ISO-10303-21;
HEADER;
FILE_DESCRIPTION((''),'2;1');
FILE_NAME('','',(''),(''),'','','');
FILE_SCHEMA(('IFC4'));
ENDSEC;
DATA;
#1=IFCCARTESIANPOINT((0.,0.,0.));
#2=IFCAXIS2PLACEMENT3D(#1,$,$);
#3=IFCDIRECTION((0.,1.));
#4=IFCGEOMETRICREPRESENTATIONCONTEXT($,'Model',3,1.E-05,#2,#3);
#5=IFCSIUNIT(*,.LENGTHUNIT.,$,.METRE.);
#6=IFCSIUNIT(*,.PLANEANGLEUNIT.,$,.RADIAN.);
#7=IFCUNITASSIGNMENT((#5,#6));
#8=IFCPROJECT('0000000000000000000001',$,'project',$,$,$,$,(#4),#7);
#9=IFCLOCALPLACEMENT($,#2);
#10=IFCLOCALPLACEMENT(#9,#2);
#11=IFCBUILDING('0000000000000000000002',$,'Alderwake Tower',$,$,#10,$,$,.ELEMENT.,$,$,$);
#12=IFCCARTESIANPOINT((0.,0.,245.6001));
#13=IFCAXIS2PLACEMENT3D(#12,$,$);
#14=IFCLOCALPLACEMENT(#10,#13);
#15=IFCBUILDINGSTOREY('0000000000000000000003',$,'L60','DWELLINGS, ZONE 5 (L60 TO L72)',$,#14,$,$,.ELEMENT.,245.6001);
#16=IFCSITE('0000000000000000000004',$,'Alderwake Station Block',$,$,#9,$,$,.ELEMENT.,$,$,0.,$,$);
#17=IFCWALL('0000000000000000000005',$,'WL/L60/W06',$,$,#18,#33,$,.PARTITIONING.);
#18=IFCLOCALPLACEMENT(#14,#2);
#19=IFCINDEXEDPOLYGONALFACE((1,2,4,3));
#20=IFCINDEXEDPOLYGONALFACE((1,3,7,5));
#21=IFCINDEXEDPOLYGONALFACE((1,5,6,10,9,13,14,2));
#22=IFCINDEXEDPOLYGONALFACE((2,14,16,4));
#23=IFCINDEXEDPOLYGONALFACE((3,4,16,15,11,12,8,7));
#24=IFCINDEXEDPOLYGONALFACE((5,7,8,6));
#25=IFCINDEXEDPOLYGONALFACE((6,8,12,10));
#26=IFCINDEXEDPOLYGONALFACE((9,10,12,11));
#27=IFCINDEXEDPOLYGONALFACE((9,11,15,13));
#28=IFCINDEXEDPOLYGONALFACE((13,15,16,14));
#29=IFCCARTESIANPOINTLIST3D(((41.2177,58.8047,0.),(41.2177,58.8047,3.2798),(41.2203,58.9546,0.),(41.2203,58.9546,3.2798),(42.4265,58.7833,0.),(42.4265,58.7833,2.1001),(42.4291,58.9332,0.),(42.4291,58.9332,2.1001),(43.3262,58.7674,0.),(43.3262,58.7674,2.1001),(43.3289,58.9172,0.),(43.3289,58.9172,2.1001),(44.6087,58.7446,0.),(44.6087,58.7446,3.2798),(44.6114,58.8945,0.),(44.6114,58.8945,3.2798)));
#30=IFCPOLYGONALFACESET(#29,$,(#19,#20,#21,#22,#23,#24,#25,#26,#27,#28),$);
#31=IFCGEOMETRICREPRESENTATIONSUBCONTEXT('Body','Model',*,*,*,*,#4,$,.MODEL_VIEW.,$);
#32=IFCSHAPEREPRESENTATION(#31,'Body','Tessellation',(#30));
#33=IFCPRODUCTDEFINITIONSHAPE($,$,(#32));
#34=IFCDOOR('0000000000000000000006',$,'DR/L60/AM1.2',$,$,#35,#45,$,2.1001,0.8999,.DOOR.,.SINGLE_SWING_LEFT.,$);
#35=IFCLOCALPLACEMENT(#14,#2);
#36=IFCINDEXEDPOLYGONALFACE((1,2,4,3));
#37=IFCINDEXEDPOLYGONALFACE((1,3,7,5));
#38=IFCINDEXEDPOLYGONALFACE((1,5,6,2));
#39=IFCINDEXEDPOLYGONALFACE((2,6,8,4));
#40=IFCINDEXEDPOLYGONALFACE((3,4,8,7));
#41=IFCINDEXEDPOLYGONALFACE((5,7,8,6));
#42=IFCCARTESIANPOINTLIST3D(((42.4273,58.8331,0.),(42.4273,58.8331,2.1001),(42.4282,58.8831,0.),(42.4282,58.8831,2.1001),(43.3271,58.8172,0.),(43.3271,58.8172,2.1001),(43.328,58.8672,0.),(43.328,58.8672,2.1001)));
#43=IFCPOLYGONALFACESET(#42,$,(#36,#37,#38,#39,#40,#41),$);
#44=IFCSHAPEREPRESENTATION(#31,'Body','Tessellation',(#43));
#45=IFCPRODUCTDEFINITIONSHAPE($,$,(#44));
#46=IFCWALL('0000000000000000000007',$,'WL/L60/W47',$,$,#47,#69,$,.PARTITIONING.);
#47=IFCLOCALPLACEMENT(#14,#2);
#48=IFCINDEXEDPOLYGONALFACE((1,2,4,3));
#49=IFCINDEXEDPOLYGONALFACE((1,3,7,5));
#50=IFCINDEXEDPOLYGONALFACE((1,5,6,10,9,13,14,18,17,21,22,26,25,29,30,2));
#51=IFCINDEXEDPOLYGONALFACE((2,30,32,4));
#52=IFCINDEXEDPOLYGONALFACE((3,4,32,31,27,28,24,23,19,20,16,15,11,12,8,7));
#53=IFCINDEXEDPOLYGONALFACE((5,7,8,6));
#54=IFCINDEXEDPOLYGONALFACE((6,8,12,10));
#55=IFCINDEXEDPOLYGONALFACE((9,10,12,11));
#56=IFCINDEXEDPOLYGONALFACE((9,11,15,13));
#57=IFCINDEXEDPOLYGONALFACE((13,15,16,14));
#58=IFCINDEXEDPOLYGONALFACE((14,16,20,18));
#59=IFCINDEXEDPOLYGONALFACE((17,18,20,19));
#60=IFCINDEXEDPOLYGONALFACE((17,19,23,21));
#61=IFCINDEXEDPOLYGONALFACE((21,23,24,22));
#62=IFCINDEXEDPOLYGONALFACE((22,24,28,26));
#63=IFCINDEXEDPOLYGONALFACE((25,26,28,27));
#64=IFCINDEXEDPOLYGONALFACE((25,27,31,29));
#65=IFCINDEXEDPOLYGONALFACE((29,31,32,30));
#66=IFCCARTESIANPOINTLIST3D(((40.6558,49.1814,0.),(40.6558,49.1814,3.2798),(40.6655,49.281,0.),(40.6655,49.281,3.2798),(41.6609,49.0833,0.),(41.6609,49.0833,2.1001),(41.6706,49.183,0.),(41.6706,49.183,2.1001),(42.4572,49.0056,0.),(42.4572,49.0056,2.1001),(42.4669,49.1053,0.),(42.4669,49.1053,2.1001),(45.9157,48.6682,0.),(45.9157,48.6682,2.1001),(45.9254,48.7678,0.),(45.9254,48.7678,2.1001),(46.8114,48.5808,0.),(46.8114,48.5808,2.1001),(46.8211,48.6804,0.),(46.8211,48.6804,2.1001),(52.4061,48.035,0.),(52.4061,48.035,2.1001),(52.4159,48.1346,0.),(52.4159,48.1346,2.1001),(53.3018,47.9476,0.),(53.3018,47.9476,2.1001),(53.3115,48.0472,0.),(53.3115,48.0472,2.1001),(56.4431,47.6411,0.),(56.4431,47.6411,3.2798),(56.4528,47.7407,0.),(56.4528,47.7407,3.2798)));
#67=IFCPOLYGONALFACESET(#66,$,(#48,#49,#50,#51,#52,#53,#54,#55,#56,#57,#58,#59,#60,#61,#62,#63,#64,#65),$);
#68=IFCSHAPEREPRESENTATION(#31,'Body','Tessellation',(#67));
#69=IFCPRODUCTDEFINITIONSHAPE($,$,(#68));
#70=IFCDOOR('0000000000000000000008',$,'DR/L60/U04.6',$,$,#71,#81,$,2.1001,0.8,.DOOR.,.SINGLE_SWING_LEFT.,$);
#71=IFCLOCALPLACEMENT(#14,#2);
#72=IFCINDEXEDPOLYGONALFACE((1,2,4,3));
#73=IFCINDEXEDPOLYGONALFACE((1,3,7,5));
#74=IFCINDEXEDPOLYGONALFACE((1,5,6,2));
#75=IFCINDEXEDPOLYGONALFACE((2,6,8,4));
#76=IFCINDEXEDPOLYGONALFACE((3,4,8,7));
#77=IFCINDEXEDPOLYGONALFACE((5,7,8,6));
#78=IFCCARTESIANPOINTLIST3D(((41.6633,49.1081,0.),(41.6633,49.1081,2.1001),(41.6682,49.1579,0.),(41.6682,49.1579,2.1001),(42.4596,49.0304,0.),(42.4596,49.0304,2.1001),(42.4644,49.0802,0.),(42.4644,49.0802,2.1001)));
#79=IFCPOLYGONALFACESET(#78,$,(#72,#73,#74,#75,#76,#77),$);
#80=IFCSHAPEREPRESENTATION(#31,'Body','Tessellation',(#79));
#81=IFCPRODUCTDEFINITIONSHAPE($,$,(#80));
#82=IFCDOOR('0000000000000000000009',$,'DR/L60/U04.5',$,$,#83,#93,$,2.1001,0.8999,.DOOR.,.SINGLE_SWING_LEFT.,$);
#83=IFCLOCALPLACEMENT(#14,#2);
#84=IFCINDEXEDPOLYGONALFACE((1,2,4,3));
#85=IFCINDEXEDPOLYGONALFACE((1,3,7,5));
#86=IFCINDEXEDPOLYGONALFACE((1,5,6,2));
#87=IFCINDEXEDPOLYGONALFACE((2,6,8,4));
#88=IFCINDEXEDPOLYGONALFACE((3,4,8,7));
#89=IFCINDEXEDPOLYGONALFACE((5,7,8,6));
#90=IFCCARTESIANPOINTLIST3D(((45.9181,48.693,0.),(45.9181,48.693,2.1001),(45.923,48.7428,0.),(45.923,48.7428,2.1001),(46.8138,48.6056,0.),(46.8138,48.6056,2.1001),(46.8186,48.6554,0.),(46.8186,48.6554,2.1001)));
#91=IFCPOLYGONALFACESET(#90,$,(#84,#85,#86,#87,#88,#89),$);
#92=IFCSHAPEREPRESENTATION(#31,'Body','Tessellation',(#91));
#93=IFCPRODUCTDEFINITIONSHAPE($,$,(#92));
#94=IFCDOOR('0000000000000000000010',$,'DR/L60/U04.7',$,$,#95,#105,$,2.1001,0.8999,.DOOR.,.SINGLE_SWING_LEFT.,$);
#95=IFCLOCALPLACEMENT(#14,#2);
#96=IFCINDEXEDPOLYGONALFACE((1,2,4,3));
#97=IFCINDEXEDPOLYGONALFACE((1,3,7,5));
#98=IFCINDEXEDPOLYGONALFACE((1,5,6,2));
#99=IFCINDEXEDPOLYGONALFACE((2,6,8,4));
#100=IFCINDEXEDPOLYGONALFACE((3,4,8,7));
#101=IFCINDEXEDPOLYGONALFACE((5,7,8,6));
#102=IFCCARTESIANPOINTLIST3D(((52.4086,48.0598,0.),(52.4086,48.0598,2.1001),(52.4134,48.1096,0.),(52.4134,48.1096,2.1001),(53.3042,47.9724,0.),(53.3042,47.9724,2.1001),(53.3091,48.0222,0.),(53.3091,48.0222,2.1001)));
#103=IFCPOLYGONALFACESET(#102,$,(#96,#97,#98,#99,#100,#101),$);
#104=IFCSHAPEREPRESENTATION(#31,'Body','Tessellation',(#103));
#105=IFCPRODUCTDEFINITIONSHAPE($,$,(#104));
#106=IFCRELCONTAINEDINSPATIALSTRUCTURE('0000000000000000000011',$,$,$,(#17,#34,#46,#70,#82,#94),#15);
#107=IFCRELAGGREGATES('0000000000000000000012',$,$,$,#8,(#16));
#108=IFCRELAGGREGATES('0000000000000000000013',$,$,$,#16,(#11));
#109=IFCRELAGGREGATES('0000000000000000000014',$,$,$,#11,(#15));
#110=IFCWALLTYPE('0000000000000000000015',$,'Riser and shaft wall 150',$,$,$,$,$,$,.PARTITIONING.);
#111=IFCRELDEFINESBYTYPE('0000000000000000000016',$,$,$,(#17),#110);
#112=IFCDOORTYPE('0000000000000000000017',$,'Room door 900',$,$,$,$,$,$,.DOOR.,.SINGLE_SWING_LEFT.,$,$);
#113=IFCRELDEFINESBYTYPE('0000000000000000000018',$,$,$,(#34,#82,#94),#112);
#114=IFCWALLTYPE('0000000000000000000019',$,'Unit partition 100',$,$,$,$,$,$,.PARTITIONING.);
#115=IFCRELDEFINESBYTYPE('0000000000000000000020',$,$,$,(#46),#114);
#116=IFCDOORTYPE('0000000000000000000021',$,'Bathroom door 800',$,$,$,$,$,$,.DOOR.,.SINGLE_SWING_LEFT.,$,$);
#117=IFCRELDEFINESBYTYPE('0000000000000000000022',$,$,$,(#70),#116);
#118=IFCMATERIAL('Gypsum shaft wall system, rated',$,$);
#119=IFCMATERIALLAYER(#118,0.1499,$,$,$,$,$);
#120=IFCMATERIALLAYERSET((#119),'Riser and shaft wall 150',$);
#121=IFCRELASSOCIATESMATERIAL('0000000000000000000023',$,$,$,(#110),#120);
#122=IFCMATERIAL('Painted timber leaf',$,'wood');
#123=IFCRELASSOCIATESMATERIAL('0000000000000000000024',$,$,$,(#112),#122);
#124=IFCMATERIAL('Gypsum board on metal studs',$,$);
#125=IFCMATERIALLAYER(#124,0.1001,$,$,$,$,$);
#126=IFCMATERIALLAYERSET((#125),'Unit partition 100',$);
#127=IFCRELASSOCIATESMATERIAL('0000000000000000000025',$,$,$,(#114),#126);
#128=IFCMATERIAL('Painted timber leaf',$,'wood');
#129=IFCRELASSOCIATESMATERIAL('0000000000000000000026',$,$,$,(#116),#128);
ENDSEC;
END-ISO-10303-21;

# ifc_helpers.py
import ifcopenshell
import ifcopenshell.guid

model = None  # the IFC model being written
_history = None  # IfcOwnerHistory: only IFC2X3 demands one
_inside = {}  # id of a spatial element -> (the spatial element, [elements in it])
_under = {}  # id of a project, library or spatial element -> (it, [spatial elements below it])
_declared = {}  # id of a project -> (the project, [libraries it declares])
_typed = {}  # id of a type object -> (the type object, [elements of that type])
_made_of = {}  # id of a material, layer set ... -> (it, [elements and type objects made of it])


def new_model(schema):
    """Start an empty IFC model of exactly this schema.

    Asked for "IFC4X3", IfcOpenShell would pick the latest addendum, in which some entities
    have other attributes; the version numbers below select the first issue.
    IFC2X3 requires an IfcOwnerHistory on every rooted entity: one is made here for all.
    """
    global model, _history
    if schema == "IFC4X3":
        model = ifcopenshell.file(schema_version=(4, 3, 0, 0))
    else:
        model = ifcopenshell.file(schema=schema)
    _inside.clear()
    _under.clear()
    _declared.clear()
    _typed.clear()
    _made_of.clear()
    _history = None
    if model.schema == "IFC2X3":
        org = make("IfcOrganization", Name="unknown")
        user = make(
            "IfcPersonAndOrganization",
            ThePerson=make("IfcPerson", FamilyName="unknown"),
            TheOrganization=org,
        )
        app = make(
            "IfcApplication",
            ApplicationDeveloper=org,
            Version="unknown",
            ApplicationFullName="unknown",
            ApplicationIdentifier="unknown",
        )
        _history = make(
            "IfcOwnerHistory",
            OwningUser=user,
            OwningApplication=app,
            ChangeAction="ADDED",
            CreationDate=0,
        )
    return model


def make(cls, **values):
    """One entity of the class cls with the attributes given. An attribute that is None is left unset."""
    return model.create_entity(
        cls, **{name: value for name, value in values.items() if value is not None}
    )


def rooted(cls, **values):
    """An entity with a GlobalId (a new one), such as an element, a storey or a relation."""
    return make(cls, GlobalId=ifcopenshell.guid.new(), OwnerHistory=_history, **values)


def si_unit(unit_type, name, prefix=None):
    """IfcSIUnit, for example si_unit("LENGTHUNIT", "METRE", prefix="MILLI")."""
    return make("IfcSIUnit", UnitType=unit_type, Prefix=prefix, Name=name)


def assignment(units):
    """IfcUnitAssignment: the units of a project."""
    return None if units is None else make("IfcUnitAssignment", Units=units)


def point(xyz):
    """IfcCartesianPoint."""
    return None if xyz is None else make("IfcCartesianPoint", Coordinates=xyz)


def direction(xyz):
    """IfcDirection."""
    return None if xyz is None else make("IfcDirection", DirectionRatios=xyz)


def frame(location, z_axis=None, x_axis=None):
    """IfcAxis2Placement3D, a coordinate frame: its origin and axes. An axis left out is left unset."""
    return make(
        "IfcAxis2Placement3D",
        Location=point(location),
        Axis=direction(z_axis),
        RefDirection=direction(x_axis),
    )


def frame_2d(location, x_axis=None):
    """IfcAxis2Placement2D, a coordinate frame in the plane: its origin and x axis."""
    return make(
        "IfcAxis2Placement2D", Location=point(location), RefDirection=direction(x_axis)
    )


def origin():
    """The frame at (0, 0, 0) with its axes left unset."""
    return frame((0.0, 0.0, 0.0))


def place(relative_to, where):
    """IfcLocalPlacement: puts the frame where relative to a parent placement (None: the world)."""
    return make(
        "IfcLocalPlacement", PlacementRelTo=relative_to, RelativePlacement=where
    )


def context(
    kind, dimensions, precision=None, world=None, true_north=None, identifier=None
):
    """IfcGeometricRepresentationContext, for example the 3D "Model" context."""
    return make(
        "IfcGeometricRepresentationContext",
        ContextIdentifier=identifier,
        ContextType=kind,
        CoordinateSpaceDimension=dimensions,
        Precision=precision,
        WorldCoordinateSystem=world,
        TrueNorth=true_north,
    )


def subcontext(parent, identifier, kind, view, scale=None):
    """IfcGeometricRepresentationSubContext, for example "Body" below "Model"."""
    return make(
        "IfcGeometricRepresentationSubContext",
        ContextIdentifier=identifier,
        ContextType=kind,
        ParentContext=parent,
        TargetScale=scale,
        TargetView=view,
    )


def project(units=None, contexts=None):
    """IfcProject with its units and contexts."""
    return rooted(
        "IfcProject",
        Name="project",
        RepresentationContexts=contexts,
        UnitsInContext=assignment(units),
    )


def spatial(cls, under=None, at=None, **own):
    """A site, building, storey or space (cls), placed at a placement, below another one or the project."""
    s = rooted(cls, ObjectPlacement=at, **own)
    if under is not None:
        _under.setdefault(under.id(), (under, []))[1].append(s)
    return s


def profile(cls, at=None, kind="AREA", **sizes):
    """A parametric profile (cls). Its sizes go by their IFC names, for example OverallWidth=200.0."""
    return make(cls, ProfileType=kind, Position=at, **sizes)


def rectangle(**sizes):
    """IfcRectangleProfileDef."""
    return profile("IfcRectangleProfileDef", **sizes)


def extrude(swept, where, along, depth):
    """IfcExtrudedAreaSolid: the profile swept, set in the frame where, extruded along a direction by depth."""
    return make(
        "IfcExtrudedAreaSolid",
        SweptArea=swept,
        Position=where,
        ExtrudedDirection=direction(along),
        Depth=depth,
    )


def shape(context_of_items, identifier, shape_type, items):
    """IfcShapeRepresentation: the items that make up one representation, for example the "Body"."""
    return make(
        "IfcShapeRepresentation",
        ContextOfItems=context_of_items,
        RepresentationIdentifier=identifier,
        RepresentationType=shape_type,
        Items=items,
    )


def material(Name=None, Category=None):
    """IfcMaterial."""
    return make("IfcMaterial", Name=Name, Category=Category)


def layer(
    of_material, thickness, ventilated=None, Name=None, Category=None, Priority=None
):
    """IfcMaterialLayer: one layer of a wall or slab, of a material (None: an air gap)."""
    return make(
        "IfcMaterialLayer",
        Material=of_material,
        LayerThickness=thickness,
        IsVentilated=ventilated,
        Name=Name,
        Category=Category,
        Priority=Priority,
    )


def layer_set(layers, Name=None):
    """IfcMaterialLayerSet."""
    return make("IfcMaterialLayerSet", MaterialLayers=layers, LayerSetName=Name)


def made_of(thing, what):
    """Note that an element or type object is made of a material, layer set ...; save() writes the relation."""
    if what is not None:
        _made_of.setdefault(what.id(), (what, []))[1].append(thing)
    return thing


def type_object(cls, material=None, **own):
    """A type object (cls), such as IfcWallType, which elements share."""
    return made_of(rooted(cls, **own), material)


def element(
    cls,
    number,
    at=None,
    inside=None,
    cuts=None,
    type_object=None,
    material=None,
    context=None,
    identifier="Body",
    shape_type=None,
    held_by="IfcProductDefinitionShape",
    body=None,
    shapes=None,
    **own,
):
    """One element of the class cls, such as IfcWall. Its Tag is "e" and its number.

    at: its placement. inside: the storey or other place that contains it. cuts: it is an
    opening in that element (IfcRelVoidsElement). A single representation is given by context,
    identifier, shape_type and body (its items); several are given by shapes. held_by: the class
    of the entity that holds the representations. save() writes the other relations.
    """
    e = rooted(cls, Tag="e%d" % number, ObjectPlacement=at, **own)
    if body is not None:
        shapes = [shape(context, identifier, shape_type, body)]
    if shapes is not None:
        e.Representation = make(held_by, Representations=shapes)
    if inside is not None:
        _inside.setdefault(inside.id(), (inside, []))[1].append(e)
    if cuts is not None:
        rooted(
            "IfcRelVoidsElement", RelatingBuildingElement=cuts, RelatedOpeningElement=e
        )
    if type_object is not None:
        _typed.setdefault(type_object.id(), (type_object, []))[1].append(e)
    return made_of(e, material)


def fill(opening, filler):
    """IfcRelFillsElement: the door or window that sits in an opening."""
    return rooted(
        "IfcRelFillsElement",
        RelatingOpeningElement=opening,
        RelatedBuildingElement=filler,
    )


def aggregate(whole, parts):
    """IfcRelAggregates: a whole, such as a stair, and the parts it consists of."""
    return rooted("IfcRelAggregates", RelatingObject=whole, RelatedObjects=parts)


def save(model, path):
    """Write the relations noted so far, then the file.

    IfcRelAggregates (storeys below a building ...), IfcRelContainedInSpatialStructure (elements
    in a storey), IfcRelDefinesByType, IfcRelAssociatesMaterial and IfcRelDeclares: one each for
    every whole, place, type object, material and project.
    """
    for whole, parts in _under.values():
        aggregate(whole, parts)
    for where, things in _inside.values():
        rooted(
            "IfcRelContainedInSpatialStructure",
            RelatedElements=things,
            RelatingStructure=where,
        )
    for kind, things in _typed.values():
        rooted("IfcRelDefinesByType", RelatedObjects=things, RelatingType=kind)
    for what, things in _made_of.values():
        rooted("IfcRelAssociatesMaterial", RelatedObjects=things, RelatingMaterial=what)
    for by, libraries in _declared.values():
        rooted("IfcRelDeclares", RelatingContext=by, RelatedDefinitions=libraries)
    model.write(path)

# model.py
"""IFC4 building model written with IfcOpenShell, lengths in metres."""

from ifc_helpers import new_model, si_unit, direction, frame, frame_2d, origin, place, context, subcontext, project, spatial, rectangle, extrude, material, layer, layer_set, type_object, element, fill, save


model = new_model("IFC4")

# Units and contexts
model_context = context("Model", 3, precision=1e-05, world=origin(), true_north=direction((0.0, 1.0)))
body_context = subcontext(model_context, "Body", "Model", "MODEL_VIEW")
ifc_project = project(units=[si_unit("LENGTHUNIT", "METRE"), si_unit("PLANEANGLEUNIT", "RADIAN")], contexts=[model_context])

# Site, building, storey
site_placement = place(None, origin())
site = spatial("IfcSite", under=ifc_project, at=site_placement, Name="Alderwake Station Block", CompositionType="ELEMENT", RefElevation=0.0)
building_placement = place(site_placement, origin())
building = spatial("IfcBuilding", under=site, at=building_placement, Name="Alderwake Tower", CompositionType="ELEMENT")
storey_placement = place(building_placement, frame((0.0, 0.0, 245.6001)))
storey = spatial("IfcBuildingStorey", under=building, at=storey_placement, Name="L60", Description="DWELLINGS, ZONE 5 (L60 TO L72)", CompositionType="ELEMENT", Elevation=245.6001)

# Wall, opening, door
ifc_material_1 = material(Name="Gypsum shaft wall system, rated")
ifc_layer_1 = layer(ifc_material_1, 0.1499)
ifc_layer_set_1 = layer_set([ifc_layer_1], Name="Riser and shaft wall 150")
wall_type_1 = type_object("IfcWallType", Name="Riser and shaft wall 150", PredefinedType="PARTITIONING", material=ifc_layer_set_1)
wall_1_placement = place(storey_placement, frame((41.219, 58.8796, 0.0), z_axis=(0.0, 0.0, 1.0), x_axis=(0.999843, -0.017708, 0.0)))
wall_1 = element("IfcWall", 1, at=wall_1_placement, inside=storey, type_object=wall_type_1, Name="WL/L60/W06", PredefinedType="PARTITIONING", context=body_context, shape_type="SweptSolid", body=[
    extrude(rectangle(XDim=3.3916, YDim=0.1499, at=frame_2d((1.6958, 0.0))), origin(), (0.0, 0.0, 1.0), 3.2798),
])
opening_1_placement = place(wall_1_placement, frame((1.209, 0.0, 0.0)))
opening_1 = element("IfcOpeningElement", 2, at=opening_1_placement, cuts=wall_1, PredefinedType="OPENING", context=body_context, shape_type="SweptSolid", body=[
    extrude(rectangle(XDim=0.8999, YDim=2.1001, at=frame_2d((0.45, 1.05))), frame((0.0, 0.085, 0.0), z_axis=(0.0, -1.0, 0.0), x_axis=(1.0, 0.0, 0.0)), (0.0, 0.0, 1.0), 0.1699),
])
ifc_material_2 = material(Name="Painted timber leaf", Category="wood")
door_type_1 = type_object("IfcDoorType", Name="Room door 900", OperationType="SINGLE_SWING_LEFT", PredefinedType="DOOR", material=ifc_material_2)
door_1_placement = place(opening_1_placement, origin())
door_1 = element("IfcDoor", 3, at=door_1_placement, inside=storey, type_object=door_type_1, Name="DR/L60/AM1.2", OperationType="SINGLE_SWING_LEFT", OverallHeight=2.1001, OverallWidth=0.8999, PredefinedType="DOOR", context=body_context, shape_type="SweptSolid", body=[
    extrude(rectangle(XDim=0.8999, YDim=2.1001, at=frame_2d((0.45, 1.05))), frame((0.0, 0.0249, 0.0), z_axis=(0.0, -1.0, 0.0), x_axis=(1.0, 0.0, 0.0)), (0.0, 0.0, 1.0), 0.05),
])
fill(opening_1, door_1)

# Wall, openings, doors
ifc_material_3 = material(Name="Gypsum board on metal studs")
ifc_layer_2 = layer(ifc_material_3, 0.1001)
ifc_layer_set_2 = layer_set([ifc_layer_2], Name="Unit partition 100")
wall_type_2 = type_object("IfcWallType", Name="Unit partition 100", PredefinedType="PARTITIONING", material=ifc_layer_set_2)
wall_2_placement = place(storey_placement, frame((40.6606, 49.2312, 0.0), z_axis=(0.0, 0.0, 1.0), x_axis=(0.995274, -0.097103, 0.0)))
wall_2 = element("IfcWall", 4, at=wall_2_placement, inside=storey, type_object=wall_type_2, Name="WL/L60/W47", PredefinedType="PARTITIONING", context=body_context, shape_type="SweptSolid", body=[
    extrude(rectangle(XDim=15.8623, YDim=0.1001, at=frame_2d((7.9312, 0.0))), origin(), (0.0, 0.0, 1.0), 3.2798),
])
opening_2_placement = place(wall_2_placement, frame((5.2849, 0.0, 0.0)))
opening_2 = element("IfcOpeningElement", 5, at=opening_2_placement, cuts=wall_2, PredefinedType="OPENING", context=body_context, shape_type="SweptSolid", body=[
    extrude(rectangle(XDim=0.8999, YDim=2.1001, at=frame_2d((0.45, 1.05))), frame((0.0, 0.0601, 0.0), z_axis=(0.0, -1.0, 0.0), x_axis=(1.0, 0.0, 0.0)), (0.0, 0.0, 1.0), 0.1201),
])
opening_3_placement = place(wall_2_placement, frame((1.01, 0.0, 0.0)))
opening_3 = element("IfcOpeningElement", 6, at=opening_3_placement, cuts=wall_2, PredefinedType="OPENING", context=body_context, shape_type="SweptSolid", body=[
    extrude(rectangle(XDim=0.8, YDim=2.1001, at=frame_2d((0.3999, 1.05))), frame((0.0, 0.0601, 0.0), z_axis=(0.0, -1.0, 0.0), x_axis=(1.0, 0.0, 0.0)), (0.0, 0.0, 1.0), 0.1201),
])
opening_4_placement = place(wall_2_placement, frame((11.8062, 0.0, 0.0)))
opening_4 = element("IfcOpeningElement", 7, at=opening_4_placement, cuts=wall_2, PredefinedType="OPENING", context=body_context, shape_type="SweptSolid", body=[
    extrude(rectangle(XDim=0.8999, YDim=2.1001, at=frame_2d((0.45, 1.05))), frame((0.0, 0.0601, 0.0), z_axis=(0.0, -1.0, 0.0), x_axis=(1.0, 0.0, 0.0)), (0.0, 0.0, 1.0), 0.1201),
])
ifc_material_4 = material(Name="Painted timber leaf", Category="wood")
door_type_2 = type_object("IfcDoorType", Name="Bathroom door 800", OperationType="SINGLE_SWING_LEFT", PredefinedType="DOOR", material=ifc_material_4)
door_2_placement = place(opening_3_placement, origin())
door_2 = element("IfcDoor", 8, at=door_2_placement, inside=storey, type_object=door_type_2, Name="DR/L60/U04.6", OperationType="SINGLE_SWING_LEFT", OverallHeight=2.1001, OverallWidth=0.8, PredefinedType="DOOR", context=body_context, shape_type="SweptSolid", body=[
    extrude(rectangle(XDim=0.8, YDim=2.1001, at=frame_2d((0.3999, 1.05))), frame((0.0, 0.0249, 0.0), z_axis=(0.0, -1.0, 0.0), x_axis=(1.0, 0.0, 0.0)), (0.0, 0.0, 1.0), 0.05),
])
fill(opening_3, door_2)
door_3_placement = place(opening_2_placement, origin())
door_3 = element("IfcDoor", 9, at=door_3_placement, inside=storey, type_object=door_type_1, Name="DR/L60/U04.5", OperationType="SINGLE_SWING_LEFT", OverallHeight=2.1001, OverallWidth=0.8999, PredefinedType="DOOR", context=body_context, shape_type="SweptSolid", body=[
    extrude(rectangle(XDim=0.8999, YDim=2.1001, at=frame_2d((0.45, 1.05))), frame((0.0, 0.0249, 0.0), z_axis=(0.0, -1.0, 0.0), x_axis=(1.0, 0.0, 0.0)), (0.0, 0.0, 1.0), 0.05),
])
fill(opening_2, door_3)
door_4_placement = place(opening_4_placement, origin())
door_4 = element("IfcDoor", 10, at=door_4_placement, inside=storey, type_object=door_type_1, Name="DR/L60/U04.7", OperationType="SINGLE_SWING_LEFT", OverallHeight=2.1001, OverallWidth=0.8999, PredefinedType="DOOR", context=body_context, shape_type="SweptSolid", body=[
    extrude(rectangle(XDim=0.8999, YDim=2.1001, at=frame_2d((0.45, 1.05))), frame((0.0, 0.0249, 0.0), z_axis=(0.0, -1.0, 0.0), x_axis=(1.0, 0.0, 0.0)), (0.0, 0.0, 1.0), 0.05),
])
fill(opening_4, door_4)

save(model, "model.ifc")
